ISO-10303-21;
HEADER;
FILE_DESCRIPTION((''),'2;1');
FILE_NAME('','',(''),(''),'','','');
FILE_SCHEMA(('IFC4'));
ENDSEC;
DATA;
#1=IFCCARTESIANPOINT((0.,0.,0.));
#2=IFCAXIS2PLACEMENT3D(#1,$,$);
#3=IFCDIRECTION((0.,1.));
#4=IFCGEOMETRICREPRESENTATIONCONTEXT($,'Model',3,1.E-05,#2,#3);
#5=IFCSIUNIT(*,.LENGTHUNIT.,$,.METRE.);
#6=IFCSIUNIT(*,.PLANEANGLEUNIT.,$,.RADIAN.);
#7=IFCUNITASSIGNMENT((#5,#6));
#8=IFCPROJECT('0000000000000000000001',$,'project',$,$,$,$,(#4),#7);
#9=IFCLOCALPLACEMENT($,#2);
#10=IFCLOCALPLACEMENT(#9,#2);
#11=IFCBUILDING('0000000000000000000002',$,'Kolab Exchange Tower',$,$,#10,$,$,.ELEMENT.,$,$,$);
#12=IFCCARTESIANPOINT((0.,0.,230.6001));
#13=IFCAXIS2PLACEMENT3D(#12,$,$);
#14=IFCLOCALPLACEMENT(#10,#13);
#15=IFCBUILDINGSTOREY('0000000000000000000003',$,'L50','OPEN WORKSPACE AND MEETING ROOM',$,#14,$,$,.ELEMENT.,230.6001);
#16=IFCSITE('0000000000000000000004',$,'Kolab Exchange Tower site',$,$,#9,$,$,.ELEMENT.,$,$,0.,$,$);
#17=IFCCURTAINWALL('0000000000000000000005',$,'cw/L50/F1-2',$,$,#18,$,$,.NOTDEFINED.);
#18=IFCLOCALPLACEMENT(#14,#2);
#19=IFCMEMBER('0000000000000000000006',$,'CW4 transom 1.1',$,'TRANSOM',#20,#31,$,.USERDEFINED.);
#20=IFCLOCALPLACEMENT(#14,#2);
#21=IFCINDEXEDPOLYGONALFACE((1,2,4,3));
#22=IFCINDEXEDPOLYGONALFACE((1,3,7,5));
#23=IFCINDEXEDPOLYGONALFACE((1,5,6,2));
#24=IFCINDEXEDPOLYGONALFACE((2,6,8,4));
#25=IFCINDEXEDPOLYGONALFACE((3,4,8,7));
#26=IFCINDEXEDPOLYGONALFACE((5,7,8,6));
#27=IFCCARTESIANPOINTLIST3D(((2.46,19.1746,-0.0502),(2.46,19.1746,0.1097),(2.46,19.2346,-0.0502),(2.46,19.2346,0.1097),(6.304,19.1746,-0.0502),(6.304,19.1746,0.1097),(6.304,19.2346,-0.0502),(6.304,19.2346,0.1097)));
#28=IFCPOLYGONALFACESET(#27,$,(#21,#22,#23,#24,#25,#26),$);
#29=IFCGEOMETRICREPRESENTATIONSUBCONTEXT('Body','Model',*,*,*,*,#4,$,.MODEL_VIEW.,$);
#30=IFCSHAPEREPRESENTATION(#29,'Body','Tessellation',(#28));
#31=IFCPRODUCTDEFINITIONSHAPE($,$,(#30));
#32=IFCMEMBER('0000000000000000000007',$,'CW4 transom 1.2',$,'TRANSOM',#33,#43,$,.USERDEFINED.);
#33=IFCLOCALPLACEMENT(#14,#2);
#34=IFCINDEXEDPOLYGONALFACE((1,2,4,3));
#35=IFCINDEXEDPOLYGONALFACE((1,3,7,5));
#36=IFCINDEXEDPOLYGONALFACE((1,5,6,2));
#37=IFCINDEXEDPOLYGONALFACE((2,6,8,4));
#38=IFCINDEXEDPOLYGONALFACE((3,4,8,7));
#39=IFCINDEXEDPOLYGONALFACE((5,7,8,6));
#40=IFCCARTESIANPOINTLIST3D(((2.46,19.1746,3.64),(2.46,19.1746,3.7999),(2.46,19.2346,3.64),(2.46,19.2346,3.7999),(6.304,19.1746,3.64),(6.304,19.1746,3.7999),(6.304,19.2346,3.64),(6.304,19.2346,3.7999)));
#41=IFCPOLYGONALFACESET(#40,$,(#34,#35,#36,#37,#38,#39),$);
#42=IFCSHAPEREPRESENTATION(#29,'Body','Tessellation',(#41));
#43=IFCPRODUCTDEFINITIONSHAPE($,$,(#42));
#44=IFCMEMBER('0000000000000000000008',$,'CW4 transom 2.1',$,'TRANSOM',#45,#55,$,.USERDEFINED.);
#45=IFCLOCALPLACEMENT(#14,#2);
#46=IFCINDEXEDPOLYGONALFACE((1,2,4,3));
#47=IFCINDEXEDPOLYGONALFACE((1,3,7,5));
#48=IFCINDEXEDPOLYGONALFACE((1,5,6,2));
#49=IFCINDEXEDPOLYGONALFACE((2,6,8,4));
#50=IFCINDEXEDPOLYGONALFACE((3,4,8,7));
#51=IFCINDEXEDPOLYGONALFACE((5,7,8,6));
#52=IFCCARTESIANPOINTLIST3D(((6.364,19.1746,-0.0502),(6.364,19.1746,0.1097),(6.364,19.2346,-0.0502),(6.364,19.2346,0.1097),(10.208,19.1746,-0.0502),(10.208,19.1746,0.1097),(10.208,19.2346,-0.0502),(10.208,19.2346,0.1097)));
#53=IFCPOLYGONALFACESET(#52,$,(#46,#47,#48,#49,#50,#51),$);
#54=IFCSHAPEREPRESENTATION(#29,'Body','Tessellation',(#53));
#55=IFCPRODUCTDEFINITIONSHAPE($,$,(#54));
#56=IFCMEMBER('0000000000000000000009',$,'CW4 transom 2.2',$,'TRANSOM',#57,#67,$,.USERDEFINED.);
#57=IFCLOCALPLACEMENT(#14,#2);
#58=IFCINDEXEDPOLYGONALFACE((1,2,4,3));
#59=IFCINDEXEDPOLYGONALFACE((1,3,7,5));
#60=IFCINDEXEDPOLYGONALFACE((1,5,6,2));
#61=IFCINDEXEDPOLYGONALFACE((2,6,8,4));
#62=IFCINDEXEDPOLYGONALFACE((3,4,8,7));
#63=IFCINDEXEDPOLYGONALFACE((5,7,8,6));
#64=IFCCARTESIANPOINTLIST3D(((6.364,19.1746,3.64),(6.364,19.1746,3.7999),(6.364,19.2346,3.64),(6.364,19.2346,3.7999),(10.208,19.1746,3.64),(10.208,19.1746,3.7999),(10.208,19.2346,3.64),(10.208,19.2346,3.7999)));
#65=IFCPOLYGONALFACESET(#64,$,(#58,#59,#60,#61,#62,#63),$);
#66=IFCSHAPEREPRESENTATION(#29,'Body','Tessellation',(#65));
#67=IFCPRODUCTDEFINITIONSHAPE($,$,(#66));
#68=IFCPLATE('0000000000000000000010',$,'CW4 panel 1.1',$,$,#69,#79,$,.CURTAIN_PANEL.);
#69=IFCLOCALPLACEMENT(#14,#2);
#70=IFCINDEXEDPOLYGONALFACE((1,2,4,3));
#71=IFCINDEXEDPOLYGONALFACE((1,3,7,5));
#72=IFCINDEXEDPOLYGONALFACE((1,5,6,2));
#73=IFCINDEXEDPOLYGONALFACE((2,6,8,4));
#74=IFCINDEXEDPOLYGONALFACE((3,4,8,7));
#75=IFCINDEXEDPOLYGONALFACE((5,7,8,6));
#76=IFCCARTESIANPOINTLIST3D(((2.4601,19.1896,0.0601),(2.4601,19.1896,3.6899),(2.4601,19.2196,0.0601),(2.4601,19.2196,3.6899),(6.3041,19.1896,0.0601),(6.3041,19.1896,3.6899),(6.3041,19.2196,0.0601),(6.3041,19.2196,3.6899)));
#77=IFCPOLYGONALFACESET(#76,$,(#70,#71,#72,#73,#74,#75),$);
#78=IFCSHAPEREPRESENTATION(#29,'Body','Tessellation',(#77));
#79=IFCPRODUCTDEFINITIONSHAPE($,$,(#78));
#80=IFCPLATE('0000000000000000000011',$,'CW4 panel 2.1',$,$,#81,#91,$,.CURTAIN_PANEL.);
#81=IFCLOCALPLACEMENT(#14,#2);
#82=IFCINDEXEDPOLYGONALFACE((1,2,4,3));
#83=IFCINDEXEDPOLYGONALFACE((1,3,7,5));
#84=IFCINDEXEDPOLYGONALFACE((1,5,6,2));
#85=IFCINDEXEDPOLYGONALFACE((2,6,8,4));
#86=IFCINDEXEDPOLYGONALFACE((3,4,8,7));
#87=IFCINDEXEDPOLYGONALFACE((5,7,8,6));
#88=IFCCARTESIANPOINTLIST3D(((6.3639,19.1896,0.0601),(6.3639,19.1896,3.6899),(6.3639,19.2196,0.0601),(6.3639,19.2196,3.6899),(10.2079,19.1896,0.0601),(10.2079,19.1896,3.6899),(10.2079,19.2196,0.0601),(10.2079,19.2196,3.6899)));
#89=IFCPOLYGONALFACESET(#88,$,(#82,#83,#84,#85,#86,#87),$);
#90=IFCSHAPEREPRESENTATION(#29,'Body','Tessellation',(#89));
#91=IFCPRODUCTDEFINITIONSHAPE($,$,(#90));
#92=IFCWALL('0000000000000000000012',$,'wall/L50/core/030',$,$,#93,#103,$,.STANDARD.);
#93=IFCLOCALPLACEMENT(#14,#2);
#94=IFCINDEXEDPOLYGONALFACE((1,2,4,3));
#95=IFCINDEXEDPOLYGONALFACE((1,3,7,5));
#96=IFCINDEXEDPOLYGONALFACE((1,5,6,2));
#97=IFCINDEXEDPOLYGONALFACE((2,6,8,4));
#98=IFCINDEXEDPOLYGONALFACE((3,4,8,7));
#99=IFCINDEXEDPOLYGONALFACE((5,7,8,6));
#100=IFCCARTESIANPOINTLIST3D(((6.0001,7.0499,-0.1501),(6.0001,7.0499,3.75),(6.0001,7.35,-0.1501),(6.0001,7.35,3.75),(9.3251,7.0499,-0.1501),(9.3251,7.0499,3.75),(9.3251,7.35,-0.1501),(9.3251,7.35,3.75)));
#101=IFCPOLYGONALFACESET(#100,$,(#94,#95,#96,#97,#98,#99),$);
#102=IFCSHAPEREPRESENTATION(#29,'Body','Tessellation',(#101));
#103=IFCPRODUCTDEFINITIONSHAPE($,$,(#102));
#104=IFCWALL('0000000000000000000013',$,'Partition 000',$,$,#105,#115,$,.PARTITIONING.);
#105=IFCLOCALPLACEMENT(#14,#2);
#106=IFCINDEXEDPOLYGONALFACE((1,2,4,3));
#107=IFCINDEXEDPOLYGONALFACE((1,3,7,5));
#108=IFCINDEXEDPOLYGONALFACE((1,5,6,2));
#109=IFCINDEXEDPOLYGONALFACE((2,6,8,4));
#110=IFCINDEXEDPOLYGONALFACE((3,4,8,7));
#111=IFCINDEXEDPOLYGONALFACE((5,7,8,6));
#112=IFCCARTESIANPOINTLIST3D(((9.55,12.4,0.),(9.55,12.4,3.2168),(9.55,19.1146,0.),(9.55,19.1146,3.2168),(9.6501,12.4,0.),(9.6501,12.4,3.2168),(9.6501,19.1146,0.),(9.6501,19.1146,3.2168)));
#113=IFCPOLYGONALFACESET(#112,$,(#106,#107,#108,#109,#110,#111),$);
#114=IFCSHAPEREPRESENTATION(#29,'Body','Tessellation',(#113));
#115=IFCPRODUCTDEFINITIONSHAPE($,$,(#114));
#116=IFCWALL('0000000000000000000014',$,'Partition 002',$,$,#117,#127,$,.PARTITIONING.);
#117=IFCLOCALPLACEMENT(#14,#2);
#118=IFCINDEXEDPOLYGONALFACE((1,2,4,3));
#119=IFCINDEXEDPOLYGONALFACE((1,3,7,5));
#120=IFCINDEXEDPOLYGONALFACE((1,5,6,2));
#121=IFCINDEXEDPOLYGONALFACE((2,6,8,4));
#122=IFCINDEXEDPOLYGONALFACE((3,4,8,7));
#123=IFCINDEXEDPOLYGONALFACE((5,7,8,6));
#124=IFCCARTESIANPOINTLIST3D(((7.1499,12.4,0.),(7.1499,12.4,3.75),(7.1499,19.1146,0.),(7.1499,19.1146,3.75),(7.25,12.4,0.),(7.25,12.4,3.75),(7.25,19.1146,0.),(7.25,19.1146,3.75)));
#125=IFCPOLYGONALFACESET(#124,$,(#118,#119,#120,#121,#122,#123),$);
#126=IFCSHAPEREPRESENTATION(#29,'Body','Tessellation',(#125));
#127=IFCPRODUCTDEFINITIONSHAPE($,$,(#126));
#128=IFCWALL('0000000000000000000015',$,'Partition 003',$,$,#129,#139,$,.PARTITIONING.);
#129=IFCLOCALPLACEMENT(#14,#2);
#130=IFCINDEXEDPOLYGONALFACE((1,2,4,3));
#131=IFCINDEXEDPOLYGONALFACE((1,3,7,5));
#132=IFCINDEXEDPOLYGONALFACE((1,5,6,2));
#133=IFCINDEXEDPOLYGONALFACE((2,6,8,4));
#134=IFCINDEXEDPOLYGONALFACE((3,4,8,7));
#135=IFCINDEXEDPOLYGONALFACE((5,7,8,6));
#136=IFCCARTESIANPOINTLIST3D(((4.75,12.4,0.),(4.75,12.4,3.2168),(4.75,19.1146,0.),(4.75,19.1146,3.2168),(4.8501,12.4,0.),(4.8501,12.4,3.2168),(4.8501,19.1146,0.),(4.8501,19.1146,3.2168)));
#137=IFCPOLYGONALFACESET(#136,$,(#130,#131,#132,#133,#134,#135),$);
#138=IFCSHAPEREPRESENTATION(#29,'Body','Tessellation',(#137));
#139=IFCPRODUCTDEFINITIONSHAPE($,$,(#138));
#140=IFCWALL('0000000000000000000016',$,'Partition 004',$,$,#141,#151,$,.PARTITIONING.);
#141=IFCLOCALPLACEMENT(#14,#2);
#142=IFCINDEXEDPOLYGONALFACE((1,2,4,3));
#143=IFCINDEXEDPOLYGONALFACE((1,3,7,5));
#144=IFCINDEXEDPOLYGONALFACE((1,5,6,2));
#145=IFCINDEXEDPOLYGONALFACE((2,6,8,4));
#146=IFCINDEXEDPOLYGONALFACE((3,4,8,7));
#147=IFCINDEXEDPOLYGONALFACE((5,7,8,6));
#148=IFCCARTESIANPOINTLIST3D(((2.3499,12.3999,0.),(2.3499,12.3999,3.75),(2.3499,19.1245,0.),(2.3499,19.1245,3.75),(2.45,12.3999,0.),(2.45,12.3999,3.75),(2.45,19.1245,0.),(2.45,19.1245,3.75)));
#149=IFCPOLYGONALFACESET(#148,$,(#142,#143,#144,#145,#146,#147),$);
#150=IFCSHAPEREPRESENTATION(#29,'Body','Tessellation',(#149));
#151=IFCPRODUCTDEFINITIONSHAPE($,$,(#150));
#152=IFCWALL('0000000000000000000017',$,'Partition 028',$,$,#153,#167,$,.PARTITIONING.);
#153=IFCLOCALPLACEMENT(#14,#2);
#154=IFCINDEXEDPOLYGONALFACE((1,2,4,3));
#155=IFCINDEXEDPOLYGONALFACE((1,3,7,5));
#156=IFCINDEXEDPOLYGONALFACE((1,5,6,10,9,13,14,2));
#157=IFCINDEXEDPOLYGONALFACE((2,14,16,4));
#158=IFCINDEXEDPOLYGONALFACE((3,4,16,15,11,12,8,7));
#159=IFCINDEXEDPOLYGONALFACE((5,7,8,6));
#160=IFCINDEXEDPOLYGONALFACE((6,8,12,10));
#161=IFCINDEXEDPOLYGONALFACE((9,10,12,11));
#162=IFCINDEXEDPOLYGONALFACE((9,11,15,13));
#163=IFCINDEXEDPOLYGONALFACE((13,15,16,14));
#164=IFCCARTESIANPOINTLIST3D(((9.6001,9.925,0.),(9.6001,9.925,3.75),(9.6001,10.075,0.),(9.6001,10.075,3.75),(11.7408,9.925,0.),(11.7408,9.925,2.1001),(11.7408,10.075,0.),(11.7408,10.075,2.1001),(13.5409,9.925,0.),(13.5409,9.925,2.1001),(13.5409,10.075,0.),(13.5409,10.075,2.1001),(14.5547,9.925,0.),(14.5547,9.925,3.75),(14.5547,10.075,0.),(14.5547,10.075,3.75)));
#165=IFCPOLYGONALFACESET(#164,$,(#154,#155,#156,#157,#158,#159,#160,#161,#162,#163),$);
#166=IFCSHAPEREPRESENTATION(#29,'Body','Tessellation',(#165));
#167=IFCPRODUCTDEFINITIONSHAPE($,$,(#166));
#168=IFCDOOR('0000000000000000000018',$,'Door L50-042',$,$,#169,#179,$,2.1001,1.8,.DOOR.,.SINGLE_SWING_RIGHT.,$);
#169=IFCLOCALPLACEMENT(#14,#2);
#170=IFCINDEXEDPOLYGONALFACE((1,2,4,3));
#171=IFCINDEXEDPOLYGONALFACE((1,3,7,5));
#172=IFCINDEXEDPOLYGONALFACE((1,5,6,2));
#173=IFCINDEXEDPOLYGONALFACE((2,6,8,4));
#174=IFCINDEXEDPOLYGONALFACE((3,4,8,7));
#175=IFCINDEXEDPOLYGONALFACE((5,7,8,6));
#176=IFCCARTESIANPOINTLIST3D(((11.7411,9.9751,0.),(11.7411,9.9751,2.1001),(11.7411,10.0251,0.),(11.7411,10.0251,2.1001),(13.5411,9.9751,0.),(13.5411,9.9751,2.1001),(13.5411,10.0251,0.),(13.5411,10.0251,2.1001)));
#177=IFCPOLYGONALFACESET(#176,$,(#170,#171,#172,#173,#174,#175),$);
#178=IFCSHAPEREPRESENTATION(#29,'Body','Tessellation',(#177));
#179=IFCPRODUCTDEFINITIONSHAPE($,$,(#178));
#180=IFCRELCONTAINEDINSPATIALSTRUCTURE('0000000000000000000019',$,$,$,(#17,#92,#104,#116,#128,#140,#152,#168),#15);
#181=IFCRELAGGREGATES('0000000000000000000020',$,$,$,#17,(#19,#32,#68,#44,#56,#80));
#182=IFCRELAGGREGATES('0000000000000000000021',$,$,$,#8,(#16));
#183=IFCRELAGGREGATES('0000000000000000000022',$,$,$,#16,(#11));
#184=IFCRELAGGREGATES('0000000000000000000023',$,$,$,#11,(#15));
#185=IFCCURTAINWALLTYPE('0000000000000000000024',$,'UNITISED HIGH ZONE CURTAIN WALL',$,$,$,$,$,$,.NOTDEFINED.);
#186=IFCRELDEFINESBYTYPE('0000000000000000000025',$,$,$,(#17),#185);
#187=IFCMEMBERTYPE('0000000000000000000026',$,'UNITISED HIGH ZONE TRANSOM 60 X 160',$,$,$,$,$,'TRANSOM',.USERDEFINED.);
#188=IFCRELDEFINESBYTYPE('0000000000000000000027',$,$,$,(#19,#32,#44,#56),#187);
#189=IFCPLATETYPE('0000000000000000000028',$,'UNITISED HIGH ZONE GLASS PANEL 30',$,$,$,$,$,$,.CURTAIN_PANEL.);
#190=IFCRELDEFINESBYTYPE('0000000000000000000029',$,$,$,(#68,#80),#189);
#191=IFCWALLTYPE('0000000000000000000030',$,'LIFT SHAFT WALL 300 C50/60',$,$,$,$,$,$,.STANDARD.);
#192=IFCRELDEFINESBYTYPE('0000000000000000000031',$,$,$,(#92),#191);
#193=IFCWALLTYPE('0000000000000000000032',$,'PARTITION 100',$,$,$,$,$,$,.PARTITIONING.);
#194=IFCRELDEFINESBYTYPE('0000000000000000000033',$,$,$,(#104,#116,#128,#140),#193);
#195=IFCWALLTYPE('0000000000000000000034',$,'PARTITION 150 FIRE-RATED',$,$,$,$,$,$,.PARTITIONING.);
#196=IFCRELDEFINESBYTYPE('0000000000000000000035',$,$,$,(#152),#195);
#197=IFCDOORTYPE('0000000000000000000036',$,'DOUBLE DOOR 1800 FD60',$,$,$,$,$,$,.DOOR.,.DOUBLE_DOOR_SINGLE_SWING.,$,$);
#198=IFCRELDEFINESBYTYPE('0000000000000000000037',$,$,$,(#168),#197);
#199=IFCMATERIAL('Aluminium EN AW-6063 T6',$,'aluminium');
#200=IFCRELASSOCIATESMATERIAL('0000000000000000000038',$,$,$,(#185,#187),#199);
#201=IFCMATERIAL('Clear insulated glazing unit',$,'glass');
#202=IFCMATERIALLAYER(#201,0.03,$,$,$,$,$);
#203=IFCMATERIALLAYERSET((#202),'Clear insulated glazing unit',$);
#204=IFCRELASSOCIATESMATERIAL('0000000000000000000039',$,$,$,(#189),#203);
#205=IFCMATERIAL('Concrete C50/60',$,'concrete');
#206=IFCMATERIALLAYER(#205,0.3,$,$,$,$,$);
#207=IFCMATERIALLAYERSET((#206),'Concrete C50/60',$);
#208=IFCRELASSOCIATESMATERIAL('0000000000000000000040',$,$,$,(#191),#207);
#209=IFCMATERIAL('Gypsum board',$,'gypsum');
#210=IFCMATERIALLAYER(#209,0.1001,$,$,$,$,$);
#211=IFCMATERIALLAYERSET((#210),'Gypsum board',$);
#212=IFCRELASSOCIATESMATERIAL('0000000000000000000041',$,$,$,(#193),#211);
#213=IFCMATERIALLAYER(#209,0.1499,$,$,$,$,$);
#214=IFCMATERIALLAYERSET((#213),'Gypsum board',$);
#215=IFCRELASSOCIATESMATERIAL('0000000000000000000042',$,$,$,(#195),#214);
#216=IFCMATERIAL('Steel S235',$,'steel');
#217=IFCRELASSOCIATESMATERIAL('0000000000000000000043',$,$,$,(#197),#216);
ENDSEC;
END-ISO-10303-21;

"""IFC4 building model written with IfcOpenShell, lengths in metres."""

from ifc_helpers import new_model, si_unit, direction, frame, frame_2d, origin, origin_2d, place, context, subcontext, project, spatial, rectangle, extrude, material, layer, layer_set, material_profile, profile_set, type_object, element, fill, aggregate, save


model = new_model("IFC4")

# Units and contexts
model_context = context("Model", 3, precision=1e-05, world=origin(), true_north=direction((0.0, 1.0)))
body_context = subcontext(model_context, "Body", "Model", "MODEL_VIEW")
ifc_project = project(units=[si_unit("LENGTHUNIT", "METRE"), si_unit("PLANEANGLEUNIT", "RADIAN")], contexts=[model_context])

# Site, building, storey
site_placement = place(None, origin())
site = spatial("IfcSite", under=ifc_project, at=site_placement, Name="Kolab Exchange Tower site", CompositionType="ELEMENT", RefElevation=0.0)
building_placement = place(site_placement, origin())
building = spatial("IfcBuilding", under=site, at=building_placement, Name="Kolab Exchange Tower", CompositionType="ELEMENT")
storey_placement = place(building_placement, frame((0.0, 0.0, 230.6001)))
storey = spatial("IfcBuildingStorey", under=building, at=storey_placement, Name="L50", Description="OPEN WORKSPACE AND MEETING ROOM", CompositionType="ELEMENT", Elevation=230.6001)

# Shared definitions
ifc_material_1 = material(Name="Concrete C50/60", Category="concrete")

# Curtain wall, members, plates
ifc_material_2 = material(Name="Aluminium EN AW-6063 T6", Category="aluminium")
curtain_wall_type = type_object("IfcCurtainWallType", Name="UNITISED HIGH ZONE CURTAIN WALL", PredefinedType="NOTDEFINED", material=ifc_material_2)
curtain_wall_placement = place(storey_placement, origin())
curtain_wall = element("IfcCurtainWall", 1, at=curtain_wall_placement, inside=storey, type_object=curtain_wall_type, Name="cw/L50/F1-2", PredefinedType="NOTDEFINED")
ifc_material_profile_1 = material_profile(ifc_material_2, rectangle(XDim=0.0601, YDim=0.1599, at=origin_2d()), Name="RECT 60X160")
ifc_profile_set_1 = profile_set([ifc_material_profile_1], Name="Aluminium EN AW-6063 T6")
member_type_1 = type_object("IfcMemberType", Name="UNITISED HIGH ZONE TRANSOM 60 X 160", ElementType="TRANSOM", PredefinedType="USERDEFINED", material=ifc_profile_set_1)
member_1_placement = place(storey_placement, frame((2.46, 19.2046, 0.0298), z_axis=(1.0, 0.0, 0.0), x_axis=(0.0, 1.0, 0.0)))
member_1 = element("IfcMember", 2, at=member_1_placement, type_object=member_type_1, Name="CW4 transom 1.1", ObjectType="TRANSOM", PredefinedType="USERDEFINED", context=body_context, shape_type="SweptSolid", body=[
    extrude(rectangle(XDim=0.0601, YDim=0.1599, at=origin_2d()), origin(), (0.0, 0.0, 1.0), 3.844),
])
member_2_placement = place(storey_placement, frame((2.46, 19.2046, 3.72), z_axis=(1.0, 0.0, 0.0), x_axis=(0.0, 1.0, 0.0)))
member_2 = element("IfcMember", 3, at=member_2_placement, type_object=member_type_1, Name="CW4 transom 1.2", ObjectType="TRANSOM", PredefinedType="USERDEFINED", context=body_context, shape_type="SweptSolid", body=[
    extrude(rectangle(XDim=0.0601, YDim=0.1599, at=origin_2d()), origin(), (0.0, 0.0, 1.0), 3.844),
])
member_3_placement = place(storey_placement, frame((6.364, 19.2046, 0.0298), z_axis=(1.0, 0.0, 0.0), x_axis=(0.0, 1.0, 0.0)))
member_3 = element("IfcMember", 4, at=member_3_placement, type_object=member_type_1, Name="CW4 transom 2.1", ObjectType="TRANSOM", PredefinedType="USERDEFINED", context=body_context, shape_type="SweptSolid", body=[
    extrude(rectangle(XDim=0.0601, YDim=0.1599, at=origin_2d()), origin(), (0.0, 0.0, 1.0), 3.844),
])
member_4_placement = place(storey_placement, frame((6.364, 19.2046, 3.72), z_axis=(1.0, 0.0, 0.0), x_axis=(0.0, 1.0, 0.0)))
member_4 = element("IfcMember", 5, at=member_4_placement, type_object=member_type_1, Name="CW4 transom 2.2", ObjectType="TRANSOM", PredefinedType="USERDEFINED", context=body_context, shape_type="SweptSolid", body=[
    extrude(rectangle(XDim=0.0601, YDim=0.1599, at=origin_2d()), origin(), (0.0, 0.0, 1.0), 3.844),
])
ifc_material_3 = material(Name="Clear insulated glazing unit", Category="glass")
ifc_layer_1 = layer(ifc_material_3, 0.03)
ifc_layer_set_1 = layer_set([ifc_layer_1], Name="Clear insulated glazing unit")
plate_type = type_object("IfcPlateType", Name="UNITISED HIGH ZONE GLASS PANEL 30", PredefinedType="CURTAIN_PANEL", material=ifc_layer_set_1)
plate_1_placement = place(storey_placement, frame((4.3821, 19.2046, 0.0601), z_axis=(0.0, 0.0, 1.0), x_axis=(1.0, 0.0, 0.0)))
plate_1 = element("IfcPlate", 6, at=plate_1_placement, type_object=plate_type, Name="CW4 panel 1.1", PredefinedType="CURTAIN_PANEL", context=body_context, shape_type="SweptSolid", body=[
    extrude(rectangle(XDim=3.844, YDim=0.03, at=origin_2d()), origin(), (0.0, 0.0, 1.0), 3.6299),
])
plate_2_placement = place(storey_placement, frame((8.2859, 19.2046, 0.0601), z_axis=(0.0, 0.0, 1.0), x_axis=(1.0, 0.0, 0.0)))
plate_2 = element("IfcPlate", 7, at=plate_2_placement, type_object=plate_type, Name="CW4 panel 2.1", PredefinedType="CURTAIN_PANEL", context=body_context, shape_type="SweptSolid", body=[
    extrude(rectangle(XDim=3.844, YDim=0.03, at=origin_2d()), origin(), (0.0, 0.0, 1.0), 3.6299),
])
aggregate(curtain_wall, [member_1, member_2, plate_1, member_3, member_4, plate_2])

# Walls
ifc_layer_2 = layer(ifc_material_1, 0.3)
ifc_layer_set_2 = layer_set([ifc_layer_2], Name="Concrete C50/60")
wall_type_1 = type_object("IfcWallType", Name="LIFT SHAFT WALL 300 C50/60", PredefinedType="STANDARD", material=ifc_layer_set_2)
wall_1_placement = place(storey_placement, frame((6.0, 7.2, -0.1501), z_axis=(0.0, 0.0, 1.0), x_axis=(1.0, 0.0, 0.0)))
element("IfcWall", 8, at=wall_1_placement, inside=storey, type_object=wall_type_1, Name="wall/L50/core/030", PredefinedType="STANDARD", context=body_context, shape_type="SweptSolid", body=[
    extrude(rectangle(XDim=3.325, YDim=0.3, at=frame_2d((1.6626, 0.0))), origin(), (0.0, 0.0, 1.0), 3.9001),
])
ifc_material_4 = material(Name="Gypsum board", Category="gypsum")
ifc_layer_3 = layer(ifc_material_4, 0.1001)
ifc_layer_set_3 = layer_set([ifc_layer_3], Name="Gypsum board")
wall_type_2 = type_object("IfcWallType", Name="PARTITION 100", PredefinedType="PARTITIONING", material=ifc_layer_set_3)
wall_2_placement = place(storey_placement, frame((9.6001, 12.3999, 0.0), z_axis=(0.0, 0.0, 1.0), x_axis=(0.0, 1.0, 0.0)))
element("IfcWall", 9, at=wall_2_placement, inside=storey, type_object=wall_type_2, Name="Partition 000", PredefinedType="PARTITIONING", context=body_context, shape_type="SweptSolid", body=[
    extrude(rectangle(XDim=6.7146, YDim=0.1001, at=frame_2d((3.3574, 0.0))), origin(), (0.0, 0.0, 1.0), 3.2168),
])
wall_3_placement = place(storey_placement, frame((7.2, 12.3999, 0.0), z_axis=(0.0, 0.0, 1.0), x_axis=(0.0, 1.0, 0.0)))
element("IfcWall", 10, at=wall_3_placement, inside=storey, type_object=wall_type_2, Name="Partition 002", PredefinedType="PARTITIONING", context=body_context, shape_type="SweptSolid", body=[
    extrude(rectangle(XDim=6.7146, YDim=0.1001, at=frame_2d((3.3574, 0.0))), origin(), (0.0, 0.0, 1.0), 3.75),
])
wall_4_placement = place(storey_placement, frame((4.8, 12.3999, 0.0), z_axis=(0.0, 0.0, 1.0), x_axis=(0.0, 1.0, 0.0)))
element("IfcWall", 11, at=wall_4_placement, inside=storey, type_object=wall_type_2, Name="Partition 003", PredefinedType="PARTITIONING", context=body_context, shape_type="SweptSolid", body=[
    extrude(rectangle(XDim=6.7146, YDim=0.1001, at=frame_2d((3.3574, 0.0))), origin(), (0.0, 0.0, 1.0), 3.2168),
])
wall_5_placement = place(storey_placement, frame((2.3999, 12.3999, 0.0), z_axis=(0.0, 0.0, 1.0), x_axis=(0.0, 1.0, 0.0)))
element("IfcWall", 12, at=wall_5_placement, inside=storey, type_object=wall_type_2, Name="Partition 004", PredefinedType="PARTITIONING", context=body_context, shape_type="SweptSolid", body=[
    extrude(rectangle(XDim=6.7246, YDim=0.1001, at=frame_2d((3.3623, 0.0))), origin(), (0.0, 0.0, 1.0), 3.75),
])

# Wall, opening, door
ifc_layer_4 = layer(ifc_material_4, 0.1499)
ifc_layer_set_4 = layer_set([ifc_layer_4], Name="Gypsum board")
wall_type_3 = type_object("IfcWallType", Name="PARTITION 150 FIRE-RATED", PredefinedType="PARTITIONING", material=ifc_layer_set_4)
wall_6_placement = place(storey_placement, frame((9.6001, 10.0, 0.0), z_axis=(0.0, 0.0, 1.0), x_axis=(1.0, 0.0, 0.0)))
wall_6 = element("IfcWall", 13, at=wall_6_placement, inside=storey, type_object=wall_type_3, Name="Partition 028", PredefinedType="PARTITIONING", context=body_context, shape_type="SweptSolid", body=[
    extrude(rectangle(XDim=4.9546, YDim=0.1499, at=frame_2d((2.4773, 0.0))), origin(), (0.0, 0.0, 1.0), 3.75),
])
opening_placement = place(wall_6_placement, frame((2.1409, 0.0, 0.0)))
opening = element("IfcOpeningElement", 14, at=opening_placement, cuts=wall_6, PredefinedType="OPENING", context=body_context, shape_type="SweptSolid", body=[
    extrude(rectangle(XDim=1.8, YDim=2.1001, at=frame_2d((0.8999, 1.05))), frame((0.0, 0.085, 0.0), z_axis=(0.0, -1.0, 0.0), x_axis=(1.0, 0.0, 0.0)), (0.0, 0.0, 1.0), 0.1699),
])
ifc_material_5 = material(Name="Steel S235", Category="steel")
door_type = type_object("IfcDoorType", Name="DOUBLE DOOR 1800 FD60", OperationType="DOUBLE_DOOR_SINGLE_SWING", PredefinedType="DOOR", material=ifc_material_5)
door_placement = place(opening_placement, frame((1.8, 0.0, 0.0), z_axis=(0.0, 0.0, 1.0), x_axis=(-1.0, 0.0, 0.0)))
door = element("IfcDoor", 15, at=door_placement, inside=storey, type_object=door_type, Name="Door L50-042", OperationType="SINGLE_SWING_RIGHT", OverallHeight=2.1001, OverallWidth=1.8, PredefinedType="DOOR", context=body_context, shape_type="SweptSolid", body=[
    extrude(rectangle(XDim=1.8, YDim=2.1001, at=frame_2d((0.8999, 1.05))), frame((0.0, 0.0249, 0.0), z_axis=(0.0, -1.0, 0.0), x_axis=(1.0, 0.0, 0.0)), (0.0, 0.0, 1.0), 0.05),
])
fill(opening, door)

save(model, "model.ifc")
